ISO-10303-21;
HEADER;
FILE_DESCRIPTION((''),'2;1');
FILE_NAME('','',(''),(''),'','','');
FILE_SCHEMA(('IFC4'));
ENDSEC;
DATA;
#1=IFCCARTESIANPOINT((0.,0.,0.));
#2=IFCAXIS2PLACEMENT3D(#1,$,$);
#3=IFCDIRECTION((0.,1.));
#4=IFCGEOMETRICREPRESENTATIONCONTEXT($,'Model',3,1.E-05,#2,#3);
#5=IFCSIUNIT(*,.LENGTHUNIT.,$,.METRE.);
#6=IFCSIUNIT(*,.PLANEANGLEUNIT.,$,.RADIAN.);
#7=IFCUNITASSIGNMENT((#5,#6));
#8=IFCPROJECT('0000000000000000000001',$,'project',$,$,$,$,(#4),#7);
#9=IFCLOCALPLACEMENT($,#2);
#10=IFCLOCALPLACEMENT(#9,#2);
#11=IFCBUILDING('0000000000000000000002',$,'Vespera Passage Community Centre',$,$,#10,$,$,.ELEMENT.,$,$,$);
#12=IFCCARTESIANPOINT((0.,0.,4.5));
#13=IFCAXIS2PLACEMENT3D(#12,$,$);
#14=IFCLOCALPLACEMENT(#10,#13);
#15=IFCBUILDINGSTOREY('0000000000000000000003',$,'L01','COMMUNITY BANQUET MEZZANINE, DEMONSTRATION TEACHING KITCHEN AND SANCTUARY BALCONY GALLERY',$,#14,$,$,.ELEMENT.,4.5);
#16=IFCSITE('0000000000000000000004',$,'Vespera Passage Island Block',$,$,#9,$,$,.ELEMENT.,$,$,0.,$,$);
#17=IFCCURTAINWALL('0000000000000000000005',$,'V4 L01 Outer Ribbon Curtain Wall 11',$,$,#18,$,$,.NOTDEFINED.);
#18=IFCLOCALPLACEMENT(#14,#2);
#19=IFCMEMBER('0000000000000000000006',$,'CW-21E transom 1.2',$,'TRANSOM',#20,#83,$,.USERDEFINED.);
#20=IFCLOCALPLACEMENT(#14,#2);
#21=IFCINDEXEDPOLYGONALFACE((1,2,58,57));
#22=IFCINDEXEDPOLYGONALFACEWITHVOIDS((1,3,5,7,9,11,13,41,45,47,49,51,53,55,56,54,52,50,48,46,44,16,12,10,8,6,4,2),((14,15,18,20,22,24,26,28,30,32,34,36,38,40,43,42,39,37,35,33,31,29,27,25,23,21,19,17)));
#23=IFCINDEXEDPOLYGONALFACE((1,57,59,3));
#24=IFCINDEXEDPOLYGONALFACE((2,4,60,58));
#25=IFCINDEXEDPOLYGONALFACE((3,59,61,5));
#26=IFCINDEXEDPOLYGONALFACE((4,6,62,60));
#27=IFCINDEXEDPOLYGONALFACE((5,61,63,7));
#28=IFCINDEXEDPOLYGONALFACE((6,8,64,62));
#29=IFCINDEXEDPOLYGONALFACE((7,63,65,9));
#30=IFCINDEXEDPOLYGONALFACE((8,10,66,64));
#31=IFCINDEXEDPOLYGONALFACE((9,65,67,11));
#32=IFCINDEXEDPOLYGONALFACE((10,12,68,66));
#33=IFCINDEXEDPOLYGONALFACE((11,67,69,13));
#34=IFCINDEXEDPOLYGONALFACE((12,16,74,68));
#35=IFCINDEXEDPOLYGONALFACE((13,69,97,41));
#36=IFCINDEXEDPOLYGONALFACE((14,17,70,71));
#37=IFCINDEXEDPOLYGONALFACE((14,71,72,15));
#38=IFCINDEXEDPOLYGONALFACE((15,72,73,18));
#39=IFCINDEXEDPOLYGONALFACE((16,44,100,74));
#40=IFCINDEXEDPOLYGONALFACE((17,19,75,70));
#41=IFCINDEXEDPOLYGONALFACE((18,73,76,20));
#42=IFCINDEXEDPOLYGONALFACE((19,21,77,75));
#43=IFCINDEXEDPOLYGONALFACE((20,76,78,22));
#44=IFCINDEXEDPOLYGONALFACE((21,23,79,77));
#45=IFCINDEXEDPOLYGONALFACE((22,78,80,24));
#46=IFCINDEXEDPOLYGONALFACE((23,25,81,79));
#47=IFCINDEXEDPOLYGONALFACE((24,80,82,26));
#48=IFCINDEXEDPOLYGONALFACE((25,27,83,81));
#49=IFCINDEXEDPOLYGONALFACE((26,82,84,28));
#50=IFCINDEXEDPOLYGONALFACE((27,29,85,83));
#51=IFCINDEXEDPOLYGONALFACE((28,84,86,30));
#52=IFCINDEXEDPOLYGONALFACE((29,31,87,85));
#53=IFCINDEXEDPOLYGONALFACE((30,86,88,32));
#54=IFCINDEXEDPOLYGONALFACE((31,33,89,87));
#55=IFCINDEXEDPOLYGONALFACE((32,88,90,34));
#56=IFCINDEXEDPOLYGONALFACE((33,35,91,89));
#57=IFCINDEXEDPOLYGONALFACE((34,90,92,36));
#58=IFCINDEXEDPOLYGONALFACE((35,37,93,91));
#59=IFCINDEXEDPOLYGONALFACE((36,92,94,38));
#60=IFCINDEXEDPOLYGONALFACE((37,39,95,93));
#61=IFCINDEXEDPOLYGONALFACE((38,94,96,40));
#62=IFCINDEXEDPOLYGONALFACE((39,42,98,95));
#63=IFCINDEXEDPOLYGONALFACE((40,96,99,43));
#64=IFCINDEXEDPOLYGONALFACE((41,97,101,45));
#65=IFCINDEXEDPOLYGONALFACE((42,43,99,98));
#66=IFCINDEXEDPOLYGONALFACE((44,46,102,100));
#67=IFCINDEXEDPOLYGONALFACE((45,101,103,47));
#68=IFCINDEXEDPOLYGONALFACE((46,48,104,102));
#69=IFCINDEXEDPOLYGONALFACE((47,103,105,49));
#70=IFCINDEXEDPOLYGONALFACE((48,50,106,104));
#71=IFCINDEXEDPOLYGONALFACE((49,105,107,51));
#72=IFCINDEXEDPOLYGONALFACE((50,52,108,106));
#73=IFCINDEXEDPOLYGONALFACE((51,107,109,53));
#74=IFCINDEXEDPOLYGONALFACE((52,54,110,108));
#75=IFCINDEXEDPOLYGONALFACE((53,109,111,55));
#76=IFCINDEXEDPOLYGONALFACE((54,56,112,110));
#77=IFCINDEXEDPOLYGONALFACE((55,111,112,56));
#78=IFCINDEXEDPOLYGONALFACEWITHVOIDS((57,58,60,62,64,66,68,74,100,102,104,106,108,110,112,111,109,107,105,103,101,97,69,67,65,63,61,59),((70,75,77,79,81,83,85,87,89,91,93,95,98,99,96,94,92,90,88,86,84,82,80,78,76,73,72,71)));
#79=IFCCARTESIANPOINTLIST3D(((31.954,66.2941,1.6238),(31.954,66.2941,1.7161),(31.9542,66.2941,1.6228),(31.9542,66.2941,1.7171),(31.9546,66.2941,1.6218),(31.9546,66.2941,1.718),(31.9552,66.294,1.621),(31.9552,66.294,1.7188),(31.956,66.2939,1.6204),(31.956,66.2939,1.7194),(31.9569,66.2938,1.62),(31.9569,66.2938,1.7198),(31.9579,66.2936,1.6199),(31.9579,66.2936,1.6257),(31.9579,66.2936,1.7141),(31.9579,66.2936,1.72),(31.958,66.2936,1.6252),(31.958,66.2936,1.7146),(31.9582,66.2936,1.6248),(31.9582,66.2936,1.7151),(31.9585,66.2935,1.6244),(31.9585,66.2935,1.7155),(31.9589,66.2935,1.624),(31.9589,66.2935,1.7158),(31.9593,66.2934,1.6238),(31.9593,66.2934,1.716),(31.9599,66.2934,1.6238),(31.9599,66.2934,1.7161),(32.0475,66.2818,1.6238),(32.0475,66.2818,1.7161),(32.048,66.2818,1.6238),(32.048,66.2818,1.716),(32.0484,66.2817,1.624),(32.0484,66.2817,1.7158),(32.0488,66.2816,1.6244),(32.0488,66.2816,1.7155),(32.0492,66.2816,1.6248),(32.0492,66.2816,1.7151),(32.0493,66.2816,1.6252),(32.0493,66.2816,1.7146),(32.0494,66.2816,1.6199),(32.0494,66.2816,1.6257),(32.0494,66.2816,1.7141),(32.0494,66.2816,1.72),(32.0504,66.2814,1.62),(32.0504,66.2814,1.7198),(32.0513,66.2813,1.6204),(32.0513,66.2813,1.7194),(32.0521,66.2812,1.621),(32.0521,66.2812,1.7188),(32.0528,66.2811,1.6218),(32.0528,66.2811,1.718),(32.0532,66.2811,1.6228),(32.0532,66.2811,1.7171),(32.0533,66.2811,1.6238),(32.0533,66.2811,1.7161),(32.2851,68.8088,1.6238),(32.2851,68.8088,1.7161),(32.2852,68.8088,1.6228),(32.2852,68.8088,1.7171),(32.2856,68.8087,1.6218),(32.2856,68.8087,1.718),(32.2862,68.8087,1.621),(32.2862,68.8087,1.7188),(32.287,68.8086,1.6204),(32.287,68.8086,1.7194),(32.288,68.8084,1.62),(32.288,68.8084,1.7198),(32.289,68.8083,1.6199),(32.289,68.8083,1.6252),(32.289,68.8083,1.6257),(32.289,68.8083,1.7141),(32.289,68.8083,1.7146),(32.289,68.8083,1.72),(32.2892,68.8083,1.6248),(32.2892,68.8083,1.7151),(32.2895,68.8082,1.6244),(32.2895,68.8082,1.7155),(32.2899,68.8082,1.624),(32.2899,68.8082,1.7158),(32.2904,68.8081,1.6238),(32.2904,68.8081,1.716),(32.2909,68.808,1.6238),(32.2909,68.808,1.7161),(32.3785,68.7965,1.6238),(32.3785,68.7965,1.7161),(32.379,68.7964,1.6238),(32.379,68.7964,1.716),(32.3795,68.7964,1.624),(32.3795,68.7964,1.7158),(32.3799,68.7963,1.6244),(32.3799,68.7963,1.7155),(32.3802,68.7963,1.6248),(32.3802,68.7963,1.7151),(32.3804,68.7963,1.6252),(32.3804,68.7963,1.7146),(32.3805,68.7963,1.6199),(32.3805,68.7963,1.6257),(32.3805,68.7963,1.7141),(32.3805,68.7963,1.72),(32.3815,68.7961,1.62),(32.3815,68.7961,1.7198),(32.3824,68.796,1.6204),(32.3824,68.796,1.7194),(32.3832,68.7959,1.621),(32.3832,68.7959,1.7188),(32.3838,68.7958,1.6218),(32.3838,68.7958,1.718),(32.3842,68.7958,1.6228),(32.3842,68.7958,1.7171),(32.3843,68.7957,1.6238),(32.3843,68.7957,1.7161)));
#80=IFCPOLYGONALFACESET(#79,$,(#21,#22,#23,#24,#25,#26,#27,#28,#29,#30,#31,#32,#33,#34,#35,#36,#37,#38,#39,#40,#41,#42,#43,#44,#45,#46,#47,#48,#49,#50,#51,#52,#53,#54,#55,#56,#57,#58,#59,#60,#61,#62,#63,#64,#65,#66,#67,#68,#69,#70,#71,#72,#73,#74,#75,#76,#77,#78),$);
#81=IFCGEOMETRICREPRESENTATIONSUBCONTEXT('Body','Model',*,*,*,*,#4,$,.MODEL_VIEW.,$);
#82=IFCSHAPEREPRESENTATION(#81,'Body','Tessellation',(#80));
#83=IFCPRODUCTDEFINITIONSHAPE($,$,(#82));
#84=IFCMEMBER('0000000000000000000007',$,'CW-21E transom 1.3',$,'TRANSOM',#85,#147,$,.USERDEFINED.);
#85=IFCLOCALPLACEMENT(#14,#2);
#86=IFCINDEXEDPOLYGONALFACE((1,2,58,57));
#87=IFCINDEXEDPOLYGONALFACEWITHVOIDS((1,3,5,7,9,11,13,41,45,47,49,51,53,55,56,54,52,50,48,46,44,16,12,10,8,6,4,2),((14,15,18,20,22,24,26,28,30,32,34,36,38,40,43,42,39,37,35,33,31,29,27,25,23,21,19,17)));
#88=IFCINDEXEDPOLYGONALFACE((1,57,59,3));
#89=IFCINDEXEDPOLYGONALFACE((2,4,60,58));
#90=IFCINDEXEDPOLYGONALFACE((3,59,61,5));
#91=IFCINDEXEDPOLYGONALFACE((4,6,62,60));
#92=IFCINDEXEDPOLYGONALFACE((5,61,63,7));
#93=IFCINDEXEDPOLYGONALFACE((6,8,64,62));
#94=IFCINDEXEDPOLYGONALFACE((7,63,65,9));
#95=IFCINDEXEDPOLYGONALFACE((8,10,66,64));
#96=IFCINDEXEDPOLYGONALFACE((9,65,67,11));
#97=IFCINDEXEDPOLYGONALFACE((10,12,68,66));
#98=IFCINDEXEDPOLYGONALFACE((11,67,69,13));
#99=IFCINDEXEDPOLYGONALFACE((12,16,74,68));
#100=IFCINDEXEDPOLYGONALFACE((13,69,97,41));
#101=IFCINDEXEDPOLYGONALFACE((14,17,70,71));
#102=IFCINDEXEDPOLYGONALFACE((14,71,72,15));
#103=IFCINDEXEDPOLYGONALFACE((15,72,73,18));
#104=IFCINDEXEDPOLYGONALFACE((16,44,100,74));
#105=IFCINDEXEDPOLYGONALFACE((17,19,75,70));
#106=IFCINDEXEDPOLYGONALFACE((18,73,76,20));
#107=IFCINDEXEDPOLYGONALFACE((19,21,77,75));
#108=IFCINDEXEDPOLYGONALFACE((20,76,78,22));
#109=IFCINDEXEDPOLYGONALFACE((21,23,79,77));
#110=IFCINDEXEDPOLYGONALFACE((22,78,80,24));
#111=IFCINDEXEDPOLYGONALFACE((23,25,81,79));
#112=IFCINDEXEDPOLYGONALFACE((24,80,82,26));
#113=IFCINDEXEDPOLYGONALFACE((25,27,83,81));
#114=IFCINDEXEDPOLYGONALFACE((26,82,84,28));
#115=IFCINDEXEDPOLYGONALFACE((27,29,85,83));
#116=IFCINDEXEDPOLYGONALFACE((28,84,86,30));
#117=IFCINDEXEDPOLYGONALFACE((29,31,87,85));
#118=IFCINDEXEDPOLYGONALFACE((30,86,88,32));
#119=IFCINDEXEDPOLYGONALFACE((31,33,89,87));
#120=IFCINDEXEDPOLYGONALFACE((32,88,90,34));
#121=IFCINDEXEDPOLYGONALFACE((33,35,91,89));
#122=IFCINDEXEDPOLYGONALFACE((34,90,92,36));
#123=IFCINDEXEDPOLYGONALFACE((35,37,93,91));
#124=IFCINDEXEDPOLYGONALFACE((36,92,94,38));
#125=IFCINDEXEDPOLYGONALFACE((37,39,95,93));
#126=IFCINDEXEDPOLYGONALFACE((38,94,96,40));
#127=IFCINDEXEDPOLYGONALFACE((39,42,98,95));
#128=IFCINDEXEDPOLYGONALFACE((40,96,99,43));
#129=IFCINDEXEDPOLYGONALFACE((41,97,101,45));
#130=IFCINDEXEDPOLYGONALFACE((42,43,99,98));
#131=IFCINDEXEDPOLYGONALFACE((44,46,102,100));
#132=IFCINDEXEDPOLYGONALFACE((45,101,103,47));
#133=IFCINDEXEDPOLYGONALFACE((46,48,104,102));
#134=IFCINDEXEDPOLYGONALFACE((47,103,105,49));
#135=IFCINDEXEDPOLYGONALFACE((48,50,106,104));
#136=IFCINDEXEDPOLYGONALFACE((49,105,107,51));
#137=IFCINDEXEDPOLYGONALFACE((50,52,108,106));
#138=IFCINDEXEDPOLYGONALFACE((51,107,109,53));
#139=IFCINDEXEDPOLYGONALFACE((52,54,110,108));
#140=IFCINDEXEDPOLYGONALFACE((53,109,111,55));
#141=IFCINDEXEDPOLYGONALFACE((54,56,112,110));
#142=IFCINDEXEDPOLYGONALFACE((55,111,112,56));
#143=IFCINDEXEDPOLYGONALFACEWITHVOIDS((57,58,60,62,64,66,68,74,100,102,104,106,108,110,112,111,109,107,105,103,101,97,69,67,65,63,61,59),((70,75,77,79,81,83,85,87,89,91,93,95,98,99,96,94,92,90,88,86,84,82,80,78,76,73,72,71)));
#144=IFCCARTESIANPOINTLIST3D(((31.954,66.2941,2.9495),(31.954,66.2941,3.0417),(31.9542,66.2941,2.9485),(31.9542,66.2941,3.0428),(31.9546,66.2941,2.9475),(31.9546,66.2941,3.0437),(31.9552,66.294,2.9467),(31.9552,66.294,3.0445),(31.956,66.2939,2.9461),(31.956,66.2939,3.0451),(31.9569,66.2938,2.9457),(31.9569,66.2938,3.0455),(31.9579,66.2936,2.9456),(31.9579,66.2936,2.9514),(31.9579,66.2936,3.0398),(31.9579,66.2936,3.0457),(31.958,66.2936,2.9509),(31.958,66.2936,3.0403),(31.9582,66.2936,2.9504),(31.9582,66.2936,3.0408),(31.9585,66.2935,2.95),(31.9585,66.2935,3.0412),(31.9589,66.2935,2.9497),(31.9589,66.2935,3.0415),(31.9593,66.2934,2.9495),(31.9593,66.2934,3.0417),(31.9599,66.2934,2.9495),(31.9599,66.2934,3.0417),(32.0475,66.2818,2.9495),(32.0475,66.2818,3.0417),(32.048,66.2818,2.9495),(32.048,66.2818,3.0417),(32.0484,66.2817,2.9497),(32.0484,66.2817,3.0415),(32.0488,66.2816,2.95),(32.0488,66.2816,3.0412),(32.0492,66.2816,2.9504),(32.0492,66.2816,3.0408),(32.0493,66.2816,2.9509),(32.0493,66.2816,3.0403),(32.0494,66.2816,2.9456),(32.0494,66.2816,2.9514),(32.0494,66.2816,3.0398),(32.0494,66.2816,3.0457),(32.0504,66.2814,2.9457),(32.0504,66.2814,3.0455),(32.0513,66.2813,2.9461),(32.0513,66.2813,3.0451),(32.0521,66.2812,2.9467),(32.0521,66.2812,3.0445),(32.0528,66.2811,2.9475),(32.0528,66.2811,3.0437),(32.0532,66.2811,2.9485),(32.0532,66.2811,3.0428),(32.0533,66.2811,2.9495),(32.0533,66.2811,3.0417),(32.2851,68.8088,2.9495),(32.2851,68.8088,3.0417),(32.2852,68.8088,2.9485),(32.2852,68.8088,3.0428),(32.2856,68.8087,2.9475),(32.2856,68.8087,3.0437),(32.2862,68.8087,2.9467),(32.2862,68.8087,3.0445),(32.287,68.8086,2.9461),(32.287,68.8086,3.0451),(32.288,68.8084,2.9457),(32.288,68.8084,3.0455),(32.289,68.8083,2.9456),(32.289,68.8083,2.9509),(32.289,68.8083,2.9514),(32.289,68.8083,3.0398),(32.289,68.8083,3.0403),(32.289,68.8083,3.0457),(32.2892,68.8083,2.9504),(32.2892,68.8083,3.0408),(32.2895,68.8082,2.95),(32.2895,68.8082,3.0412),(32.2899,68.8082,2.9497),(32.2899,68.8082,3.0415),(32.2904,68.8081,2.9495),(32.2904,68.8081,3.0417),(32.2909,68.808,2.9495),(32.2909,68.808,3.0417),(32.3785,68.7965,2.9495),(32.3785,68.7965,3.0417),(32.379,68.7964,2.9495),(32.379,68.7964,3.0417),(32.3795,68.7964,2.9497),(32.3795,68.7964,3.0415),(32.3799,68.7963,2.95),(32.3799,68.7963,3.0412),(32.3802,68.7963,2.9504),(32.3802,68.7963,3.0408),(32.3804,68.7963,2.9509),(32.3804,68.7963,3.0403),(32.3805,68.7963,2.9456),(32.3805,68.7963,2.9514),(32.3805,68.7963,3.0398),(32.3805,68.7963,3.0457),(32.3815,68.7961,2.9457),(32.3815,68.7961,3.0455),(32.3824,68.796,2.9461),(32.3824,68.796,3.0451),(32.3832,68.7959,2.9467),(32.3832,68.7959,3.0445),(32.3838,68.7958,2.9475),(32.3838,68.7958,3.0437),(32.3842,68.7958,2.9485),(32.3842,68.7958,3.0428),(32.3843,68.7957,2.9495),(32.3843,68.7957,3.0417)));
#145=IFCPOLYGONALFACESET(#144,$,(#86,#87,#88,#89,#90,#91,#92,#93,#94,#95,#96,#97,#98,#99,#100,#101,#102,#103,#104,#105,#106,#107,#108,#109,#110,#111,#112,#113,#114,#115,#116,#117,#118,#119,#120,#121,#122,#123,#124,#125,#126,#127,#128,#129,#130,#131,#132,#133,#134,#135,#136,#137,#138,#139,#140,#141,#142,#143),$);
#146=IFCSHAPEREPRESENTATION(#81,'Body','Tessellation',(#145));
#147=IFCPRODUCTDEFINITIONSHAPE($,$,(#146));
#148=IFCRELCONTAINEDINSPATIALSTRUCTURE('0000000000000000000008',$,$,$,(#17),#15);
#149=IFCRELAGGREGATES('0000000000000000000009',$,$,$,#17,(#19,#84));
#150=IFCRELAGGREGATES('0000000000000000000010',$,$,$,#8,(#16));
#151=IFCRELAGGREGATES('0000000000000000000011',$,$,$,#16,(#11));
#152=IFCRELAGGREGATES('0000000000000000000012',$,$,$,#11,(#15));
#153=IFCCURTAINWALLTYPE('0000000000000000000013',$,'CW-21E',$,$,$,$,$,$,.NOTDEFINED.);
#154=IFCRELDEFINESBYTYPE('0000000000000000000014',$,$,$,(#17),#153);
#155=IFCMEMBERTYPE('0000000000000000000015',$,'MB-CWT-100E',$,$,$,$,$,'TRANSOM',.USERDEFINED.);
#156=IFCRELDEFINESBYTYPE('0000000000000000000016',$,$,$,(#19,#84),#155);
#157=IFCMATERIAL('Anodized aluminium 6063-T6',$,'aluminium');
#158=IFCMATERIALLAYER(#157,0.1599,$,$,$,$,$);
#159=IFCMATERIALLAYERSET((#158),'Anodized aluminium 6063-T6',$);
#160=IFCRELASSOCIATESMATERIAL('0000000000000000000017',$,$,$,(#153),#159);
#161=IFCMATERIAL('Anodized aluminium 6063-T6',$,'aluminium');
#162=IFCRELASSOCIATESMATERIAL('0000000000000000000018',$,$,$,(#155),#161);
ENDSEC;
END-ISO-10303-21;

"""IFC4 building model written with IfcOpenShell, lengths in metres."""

from ifc_helpers import new_model, si_unit, direction, frame, origin, origin_2d, place, context, subcontext, project, spatial, hollow_rectangle, extrude, material, layer, layer_set, material_profile, profile_set, type_object, element, aggregate, save


model = new_model("IFC4")

# Units and contexts
model_context = context("Model", 3, precision=1e-05, world=origin(), true_north=direction((0.0, 1.0)))
body_context = subcontext(model_context, "Body", "Model", "MODEL_VIEW")
ifc_project = project(units=[si_unit("LENGTHUNIT", "METRE"), si_unit("PLANEANGLEUNIT", "RADIAN")], contexts=[model_context])

# Site, building, storey
site_placement = place(None, origin())
site = spatial("IfcSite", under=ifc_project, at=site_placement, Name="Vespera Passage Island Block", CompositionType="ELEMENT", RefElevation=0.0)
building_placement = place(site_placement, origin())
building = spatial("IfcBuilding", under=site, at=building_placement, Name="Vespera Passage Community Centre", CompositionType="ELEMENT")
storey_placement = place(building_placement, frame((0.0, 0.0, 4.5)))
storey = spatial("IfcBuildingStorey", under=building, at=storey_placement, Name="L01", Description="COMMUNITY BANQUET MEZZANINE, DEMONSTRATION TEACHING KITCHEN AND SANCTUARY BALCONY GALLERY", CompositionType="ELEMENT", Elevation=4.5)

# Curtain wall, members
ifc_material_1 = material(Name="Anodized aluminium 6063-T6", Category="aluminium")
ifc_layer_1 = layer(ifc_material_1, 0.1599)
ifc_layer_set_1 = layer_set([ifc_layer_1], Name="Anodized aluminium 6063-T6")
curtain_wall_type = type_object("IfcCurtainWallType", Name="CW-21E", PredefinedType="NOTDEFINED", material=ifc_layer_set_1)
curtain_wall_placement = place(storey_placement, origin())
curtain_wall = element("IfcCurtainWall", 1, at=curtain_wall_placement, inside=storey, type_object=curtain_wall_type, Name="V4 L01 Outer Ribbon Curtain Wall 11", PredefinedType="NOTDEFINED")
ifc_material_2 = material(Name="Anodized aluminium 6063-T6", Category="aluminium")
ifc_material_profile_1 = material_profile(ifc_material_2, hollow_rectangle(XDim=0.1001, YDim=0.1001, WallThickness=0.0039, InnerFilletRadius=0.002, OuterFilletRadius=0.0039, at=origin_2d()), Name="ALU100X100X4")
ifc_profile_set_1 = profile_set([ifc_material_profile_1], Name="Anodized aluminium 6063-T6")
member_type_1 = type_object("IfcMemberType", Name="MB-CWT-100E", ElementType="TRANSOM", PredefinedType="USERDEFINED", material=ifc_profile_set_1)
member_1_placement = place(storey_placement, frame((32.0037, 66.2876, 1.6699), z_axis=(0.130524, 0.991445, 0.0), x_axis=(-0.991445, 0.130524, 0.0)))
member_1 = element("IfcMember", 2, at=member_1_placement, type_object=member_type_1, Name="CW-21E transom 1.2", ObjectType="TRANSOM", PredefinedType="USERDEFINED", context=body_context, shape_type="SweptSolid", body=[
    extrude(hollow_rectangle(XDim=0.1001, YDim=0.1001, WallThickness=0.0039, InnerFilletRadius=0.002, OuterFilletRadius=0.0039, at=origin_2d()), origin(), (0.0, 0.0, 1.0), 2.5364),
])
member_2_placement = place(storey_placement, frame((32.0037, 66.2876, 2.9956), z_axis=(0.130524, 0.991445, 0.0), x_axis=(-0.991445, 0.130524, 0.0)))
member_2 = element("IfcMember", 3, at=member_2_placement, type_object=member_type_1, Name="CW-21E transom 1.3", ObjectType="TRANSOM", PredefinedType="USERDEFINED", context=body_context, shape_type="SweptSolid", body=[
    extrude(hollow_rectangle(XDim=0.1001, YDim=0.1001, WallThickness=0.0039, InnerFilletRadius=0.002, OuterFilletRadius=0.0039, at=origin_2d()), origin(), (0.0, 0.0, 1.0), 2.5364),
])
aggregate(curtain_wall, [member_1, member_2])

save(model, "model.ifc")
